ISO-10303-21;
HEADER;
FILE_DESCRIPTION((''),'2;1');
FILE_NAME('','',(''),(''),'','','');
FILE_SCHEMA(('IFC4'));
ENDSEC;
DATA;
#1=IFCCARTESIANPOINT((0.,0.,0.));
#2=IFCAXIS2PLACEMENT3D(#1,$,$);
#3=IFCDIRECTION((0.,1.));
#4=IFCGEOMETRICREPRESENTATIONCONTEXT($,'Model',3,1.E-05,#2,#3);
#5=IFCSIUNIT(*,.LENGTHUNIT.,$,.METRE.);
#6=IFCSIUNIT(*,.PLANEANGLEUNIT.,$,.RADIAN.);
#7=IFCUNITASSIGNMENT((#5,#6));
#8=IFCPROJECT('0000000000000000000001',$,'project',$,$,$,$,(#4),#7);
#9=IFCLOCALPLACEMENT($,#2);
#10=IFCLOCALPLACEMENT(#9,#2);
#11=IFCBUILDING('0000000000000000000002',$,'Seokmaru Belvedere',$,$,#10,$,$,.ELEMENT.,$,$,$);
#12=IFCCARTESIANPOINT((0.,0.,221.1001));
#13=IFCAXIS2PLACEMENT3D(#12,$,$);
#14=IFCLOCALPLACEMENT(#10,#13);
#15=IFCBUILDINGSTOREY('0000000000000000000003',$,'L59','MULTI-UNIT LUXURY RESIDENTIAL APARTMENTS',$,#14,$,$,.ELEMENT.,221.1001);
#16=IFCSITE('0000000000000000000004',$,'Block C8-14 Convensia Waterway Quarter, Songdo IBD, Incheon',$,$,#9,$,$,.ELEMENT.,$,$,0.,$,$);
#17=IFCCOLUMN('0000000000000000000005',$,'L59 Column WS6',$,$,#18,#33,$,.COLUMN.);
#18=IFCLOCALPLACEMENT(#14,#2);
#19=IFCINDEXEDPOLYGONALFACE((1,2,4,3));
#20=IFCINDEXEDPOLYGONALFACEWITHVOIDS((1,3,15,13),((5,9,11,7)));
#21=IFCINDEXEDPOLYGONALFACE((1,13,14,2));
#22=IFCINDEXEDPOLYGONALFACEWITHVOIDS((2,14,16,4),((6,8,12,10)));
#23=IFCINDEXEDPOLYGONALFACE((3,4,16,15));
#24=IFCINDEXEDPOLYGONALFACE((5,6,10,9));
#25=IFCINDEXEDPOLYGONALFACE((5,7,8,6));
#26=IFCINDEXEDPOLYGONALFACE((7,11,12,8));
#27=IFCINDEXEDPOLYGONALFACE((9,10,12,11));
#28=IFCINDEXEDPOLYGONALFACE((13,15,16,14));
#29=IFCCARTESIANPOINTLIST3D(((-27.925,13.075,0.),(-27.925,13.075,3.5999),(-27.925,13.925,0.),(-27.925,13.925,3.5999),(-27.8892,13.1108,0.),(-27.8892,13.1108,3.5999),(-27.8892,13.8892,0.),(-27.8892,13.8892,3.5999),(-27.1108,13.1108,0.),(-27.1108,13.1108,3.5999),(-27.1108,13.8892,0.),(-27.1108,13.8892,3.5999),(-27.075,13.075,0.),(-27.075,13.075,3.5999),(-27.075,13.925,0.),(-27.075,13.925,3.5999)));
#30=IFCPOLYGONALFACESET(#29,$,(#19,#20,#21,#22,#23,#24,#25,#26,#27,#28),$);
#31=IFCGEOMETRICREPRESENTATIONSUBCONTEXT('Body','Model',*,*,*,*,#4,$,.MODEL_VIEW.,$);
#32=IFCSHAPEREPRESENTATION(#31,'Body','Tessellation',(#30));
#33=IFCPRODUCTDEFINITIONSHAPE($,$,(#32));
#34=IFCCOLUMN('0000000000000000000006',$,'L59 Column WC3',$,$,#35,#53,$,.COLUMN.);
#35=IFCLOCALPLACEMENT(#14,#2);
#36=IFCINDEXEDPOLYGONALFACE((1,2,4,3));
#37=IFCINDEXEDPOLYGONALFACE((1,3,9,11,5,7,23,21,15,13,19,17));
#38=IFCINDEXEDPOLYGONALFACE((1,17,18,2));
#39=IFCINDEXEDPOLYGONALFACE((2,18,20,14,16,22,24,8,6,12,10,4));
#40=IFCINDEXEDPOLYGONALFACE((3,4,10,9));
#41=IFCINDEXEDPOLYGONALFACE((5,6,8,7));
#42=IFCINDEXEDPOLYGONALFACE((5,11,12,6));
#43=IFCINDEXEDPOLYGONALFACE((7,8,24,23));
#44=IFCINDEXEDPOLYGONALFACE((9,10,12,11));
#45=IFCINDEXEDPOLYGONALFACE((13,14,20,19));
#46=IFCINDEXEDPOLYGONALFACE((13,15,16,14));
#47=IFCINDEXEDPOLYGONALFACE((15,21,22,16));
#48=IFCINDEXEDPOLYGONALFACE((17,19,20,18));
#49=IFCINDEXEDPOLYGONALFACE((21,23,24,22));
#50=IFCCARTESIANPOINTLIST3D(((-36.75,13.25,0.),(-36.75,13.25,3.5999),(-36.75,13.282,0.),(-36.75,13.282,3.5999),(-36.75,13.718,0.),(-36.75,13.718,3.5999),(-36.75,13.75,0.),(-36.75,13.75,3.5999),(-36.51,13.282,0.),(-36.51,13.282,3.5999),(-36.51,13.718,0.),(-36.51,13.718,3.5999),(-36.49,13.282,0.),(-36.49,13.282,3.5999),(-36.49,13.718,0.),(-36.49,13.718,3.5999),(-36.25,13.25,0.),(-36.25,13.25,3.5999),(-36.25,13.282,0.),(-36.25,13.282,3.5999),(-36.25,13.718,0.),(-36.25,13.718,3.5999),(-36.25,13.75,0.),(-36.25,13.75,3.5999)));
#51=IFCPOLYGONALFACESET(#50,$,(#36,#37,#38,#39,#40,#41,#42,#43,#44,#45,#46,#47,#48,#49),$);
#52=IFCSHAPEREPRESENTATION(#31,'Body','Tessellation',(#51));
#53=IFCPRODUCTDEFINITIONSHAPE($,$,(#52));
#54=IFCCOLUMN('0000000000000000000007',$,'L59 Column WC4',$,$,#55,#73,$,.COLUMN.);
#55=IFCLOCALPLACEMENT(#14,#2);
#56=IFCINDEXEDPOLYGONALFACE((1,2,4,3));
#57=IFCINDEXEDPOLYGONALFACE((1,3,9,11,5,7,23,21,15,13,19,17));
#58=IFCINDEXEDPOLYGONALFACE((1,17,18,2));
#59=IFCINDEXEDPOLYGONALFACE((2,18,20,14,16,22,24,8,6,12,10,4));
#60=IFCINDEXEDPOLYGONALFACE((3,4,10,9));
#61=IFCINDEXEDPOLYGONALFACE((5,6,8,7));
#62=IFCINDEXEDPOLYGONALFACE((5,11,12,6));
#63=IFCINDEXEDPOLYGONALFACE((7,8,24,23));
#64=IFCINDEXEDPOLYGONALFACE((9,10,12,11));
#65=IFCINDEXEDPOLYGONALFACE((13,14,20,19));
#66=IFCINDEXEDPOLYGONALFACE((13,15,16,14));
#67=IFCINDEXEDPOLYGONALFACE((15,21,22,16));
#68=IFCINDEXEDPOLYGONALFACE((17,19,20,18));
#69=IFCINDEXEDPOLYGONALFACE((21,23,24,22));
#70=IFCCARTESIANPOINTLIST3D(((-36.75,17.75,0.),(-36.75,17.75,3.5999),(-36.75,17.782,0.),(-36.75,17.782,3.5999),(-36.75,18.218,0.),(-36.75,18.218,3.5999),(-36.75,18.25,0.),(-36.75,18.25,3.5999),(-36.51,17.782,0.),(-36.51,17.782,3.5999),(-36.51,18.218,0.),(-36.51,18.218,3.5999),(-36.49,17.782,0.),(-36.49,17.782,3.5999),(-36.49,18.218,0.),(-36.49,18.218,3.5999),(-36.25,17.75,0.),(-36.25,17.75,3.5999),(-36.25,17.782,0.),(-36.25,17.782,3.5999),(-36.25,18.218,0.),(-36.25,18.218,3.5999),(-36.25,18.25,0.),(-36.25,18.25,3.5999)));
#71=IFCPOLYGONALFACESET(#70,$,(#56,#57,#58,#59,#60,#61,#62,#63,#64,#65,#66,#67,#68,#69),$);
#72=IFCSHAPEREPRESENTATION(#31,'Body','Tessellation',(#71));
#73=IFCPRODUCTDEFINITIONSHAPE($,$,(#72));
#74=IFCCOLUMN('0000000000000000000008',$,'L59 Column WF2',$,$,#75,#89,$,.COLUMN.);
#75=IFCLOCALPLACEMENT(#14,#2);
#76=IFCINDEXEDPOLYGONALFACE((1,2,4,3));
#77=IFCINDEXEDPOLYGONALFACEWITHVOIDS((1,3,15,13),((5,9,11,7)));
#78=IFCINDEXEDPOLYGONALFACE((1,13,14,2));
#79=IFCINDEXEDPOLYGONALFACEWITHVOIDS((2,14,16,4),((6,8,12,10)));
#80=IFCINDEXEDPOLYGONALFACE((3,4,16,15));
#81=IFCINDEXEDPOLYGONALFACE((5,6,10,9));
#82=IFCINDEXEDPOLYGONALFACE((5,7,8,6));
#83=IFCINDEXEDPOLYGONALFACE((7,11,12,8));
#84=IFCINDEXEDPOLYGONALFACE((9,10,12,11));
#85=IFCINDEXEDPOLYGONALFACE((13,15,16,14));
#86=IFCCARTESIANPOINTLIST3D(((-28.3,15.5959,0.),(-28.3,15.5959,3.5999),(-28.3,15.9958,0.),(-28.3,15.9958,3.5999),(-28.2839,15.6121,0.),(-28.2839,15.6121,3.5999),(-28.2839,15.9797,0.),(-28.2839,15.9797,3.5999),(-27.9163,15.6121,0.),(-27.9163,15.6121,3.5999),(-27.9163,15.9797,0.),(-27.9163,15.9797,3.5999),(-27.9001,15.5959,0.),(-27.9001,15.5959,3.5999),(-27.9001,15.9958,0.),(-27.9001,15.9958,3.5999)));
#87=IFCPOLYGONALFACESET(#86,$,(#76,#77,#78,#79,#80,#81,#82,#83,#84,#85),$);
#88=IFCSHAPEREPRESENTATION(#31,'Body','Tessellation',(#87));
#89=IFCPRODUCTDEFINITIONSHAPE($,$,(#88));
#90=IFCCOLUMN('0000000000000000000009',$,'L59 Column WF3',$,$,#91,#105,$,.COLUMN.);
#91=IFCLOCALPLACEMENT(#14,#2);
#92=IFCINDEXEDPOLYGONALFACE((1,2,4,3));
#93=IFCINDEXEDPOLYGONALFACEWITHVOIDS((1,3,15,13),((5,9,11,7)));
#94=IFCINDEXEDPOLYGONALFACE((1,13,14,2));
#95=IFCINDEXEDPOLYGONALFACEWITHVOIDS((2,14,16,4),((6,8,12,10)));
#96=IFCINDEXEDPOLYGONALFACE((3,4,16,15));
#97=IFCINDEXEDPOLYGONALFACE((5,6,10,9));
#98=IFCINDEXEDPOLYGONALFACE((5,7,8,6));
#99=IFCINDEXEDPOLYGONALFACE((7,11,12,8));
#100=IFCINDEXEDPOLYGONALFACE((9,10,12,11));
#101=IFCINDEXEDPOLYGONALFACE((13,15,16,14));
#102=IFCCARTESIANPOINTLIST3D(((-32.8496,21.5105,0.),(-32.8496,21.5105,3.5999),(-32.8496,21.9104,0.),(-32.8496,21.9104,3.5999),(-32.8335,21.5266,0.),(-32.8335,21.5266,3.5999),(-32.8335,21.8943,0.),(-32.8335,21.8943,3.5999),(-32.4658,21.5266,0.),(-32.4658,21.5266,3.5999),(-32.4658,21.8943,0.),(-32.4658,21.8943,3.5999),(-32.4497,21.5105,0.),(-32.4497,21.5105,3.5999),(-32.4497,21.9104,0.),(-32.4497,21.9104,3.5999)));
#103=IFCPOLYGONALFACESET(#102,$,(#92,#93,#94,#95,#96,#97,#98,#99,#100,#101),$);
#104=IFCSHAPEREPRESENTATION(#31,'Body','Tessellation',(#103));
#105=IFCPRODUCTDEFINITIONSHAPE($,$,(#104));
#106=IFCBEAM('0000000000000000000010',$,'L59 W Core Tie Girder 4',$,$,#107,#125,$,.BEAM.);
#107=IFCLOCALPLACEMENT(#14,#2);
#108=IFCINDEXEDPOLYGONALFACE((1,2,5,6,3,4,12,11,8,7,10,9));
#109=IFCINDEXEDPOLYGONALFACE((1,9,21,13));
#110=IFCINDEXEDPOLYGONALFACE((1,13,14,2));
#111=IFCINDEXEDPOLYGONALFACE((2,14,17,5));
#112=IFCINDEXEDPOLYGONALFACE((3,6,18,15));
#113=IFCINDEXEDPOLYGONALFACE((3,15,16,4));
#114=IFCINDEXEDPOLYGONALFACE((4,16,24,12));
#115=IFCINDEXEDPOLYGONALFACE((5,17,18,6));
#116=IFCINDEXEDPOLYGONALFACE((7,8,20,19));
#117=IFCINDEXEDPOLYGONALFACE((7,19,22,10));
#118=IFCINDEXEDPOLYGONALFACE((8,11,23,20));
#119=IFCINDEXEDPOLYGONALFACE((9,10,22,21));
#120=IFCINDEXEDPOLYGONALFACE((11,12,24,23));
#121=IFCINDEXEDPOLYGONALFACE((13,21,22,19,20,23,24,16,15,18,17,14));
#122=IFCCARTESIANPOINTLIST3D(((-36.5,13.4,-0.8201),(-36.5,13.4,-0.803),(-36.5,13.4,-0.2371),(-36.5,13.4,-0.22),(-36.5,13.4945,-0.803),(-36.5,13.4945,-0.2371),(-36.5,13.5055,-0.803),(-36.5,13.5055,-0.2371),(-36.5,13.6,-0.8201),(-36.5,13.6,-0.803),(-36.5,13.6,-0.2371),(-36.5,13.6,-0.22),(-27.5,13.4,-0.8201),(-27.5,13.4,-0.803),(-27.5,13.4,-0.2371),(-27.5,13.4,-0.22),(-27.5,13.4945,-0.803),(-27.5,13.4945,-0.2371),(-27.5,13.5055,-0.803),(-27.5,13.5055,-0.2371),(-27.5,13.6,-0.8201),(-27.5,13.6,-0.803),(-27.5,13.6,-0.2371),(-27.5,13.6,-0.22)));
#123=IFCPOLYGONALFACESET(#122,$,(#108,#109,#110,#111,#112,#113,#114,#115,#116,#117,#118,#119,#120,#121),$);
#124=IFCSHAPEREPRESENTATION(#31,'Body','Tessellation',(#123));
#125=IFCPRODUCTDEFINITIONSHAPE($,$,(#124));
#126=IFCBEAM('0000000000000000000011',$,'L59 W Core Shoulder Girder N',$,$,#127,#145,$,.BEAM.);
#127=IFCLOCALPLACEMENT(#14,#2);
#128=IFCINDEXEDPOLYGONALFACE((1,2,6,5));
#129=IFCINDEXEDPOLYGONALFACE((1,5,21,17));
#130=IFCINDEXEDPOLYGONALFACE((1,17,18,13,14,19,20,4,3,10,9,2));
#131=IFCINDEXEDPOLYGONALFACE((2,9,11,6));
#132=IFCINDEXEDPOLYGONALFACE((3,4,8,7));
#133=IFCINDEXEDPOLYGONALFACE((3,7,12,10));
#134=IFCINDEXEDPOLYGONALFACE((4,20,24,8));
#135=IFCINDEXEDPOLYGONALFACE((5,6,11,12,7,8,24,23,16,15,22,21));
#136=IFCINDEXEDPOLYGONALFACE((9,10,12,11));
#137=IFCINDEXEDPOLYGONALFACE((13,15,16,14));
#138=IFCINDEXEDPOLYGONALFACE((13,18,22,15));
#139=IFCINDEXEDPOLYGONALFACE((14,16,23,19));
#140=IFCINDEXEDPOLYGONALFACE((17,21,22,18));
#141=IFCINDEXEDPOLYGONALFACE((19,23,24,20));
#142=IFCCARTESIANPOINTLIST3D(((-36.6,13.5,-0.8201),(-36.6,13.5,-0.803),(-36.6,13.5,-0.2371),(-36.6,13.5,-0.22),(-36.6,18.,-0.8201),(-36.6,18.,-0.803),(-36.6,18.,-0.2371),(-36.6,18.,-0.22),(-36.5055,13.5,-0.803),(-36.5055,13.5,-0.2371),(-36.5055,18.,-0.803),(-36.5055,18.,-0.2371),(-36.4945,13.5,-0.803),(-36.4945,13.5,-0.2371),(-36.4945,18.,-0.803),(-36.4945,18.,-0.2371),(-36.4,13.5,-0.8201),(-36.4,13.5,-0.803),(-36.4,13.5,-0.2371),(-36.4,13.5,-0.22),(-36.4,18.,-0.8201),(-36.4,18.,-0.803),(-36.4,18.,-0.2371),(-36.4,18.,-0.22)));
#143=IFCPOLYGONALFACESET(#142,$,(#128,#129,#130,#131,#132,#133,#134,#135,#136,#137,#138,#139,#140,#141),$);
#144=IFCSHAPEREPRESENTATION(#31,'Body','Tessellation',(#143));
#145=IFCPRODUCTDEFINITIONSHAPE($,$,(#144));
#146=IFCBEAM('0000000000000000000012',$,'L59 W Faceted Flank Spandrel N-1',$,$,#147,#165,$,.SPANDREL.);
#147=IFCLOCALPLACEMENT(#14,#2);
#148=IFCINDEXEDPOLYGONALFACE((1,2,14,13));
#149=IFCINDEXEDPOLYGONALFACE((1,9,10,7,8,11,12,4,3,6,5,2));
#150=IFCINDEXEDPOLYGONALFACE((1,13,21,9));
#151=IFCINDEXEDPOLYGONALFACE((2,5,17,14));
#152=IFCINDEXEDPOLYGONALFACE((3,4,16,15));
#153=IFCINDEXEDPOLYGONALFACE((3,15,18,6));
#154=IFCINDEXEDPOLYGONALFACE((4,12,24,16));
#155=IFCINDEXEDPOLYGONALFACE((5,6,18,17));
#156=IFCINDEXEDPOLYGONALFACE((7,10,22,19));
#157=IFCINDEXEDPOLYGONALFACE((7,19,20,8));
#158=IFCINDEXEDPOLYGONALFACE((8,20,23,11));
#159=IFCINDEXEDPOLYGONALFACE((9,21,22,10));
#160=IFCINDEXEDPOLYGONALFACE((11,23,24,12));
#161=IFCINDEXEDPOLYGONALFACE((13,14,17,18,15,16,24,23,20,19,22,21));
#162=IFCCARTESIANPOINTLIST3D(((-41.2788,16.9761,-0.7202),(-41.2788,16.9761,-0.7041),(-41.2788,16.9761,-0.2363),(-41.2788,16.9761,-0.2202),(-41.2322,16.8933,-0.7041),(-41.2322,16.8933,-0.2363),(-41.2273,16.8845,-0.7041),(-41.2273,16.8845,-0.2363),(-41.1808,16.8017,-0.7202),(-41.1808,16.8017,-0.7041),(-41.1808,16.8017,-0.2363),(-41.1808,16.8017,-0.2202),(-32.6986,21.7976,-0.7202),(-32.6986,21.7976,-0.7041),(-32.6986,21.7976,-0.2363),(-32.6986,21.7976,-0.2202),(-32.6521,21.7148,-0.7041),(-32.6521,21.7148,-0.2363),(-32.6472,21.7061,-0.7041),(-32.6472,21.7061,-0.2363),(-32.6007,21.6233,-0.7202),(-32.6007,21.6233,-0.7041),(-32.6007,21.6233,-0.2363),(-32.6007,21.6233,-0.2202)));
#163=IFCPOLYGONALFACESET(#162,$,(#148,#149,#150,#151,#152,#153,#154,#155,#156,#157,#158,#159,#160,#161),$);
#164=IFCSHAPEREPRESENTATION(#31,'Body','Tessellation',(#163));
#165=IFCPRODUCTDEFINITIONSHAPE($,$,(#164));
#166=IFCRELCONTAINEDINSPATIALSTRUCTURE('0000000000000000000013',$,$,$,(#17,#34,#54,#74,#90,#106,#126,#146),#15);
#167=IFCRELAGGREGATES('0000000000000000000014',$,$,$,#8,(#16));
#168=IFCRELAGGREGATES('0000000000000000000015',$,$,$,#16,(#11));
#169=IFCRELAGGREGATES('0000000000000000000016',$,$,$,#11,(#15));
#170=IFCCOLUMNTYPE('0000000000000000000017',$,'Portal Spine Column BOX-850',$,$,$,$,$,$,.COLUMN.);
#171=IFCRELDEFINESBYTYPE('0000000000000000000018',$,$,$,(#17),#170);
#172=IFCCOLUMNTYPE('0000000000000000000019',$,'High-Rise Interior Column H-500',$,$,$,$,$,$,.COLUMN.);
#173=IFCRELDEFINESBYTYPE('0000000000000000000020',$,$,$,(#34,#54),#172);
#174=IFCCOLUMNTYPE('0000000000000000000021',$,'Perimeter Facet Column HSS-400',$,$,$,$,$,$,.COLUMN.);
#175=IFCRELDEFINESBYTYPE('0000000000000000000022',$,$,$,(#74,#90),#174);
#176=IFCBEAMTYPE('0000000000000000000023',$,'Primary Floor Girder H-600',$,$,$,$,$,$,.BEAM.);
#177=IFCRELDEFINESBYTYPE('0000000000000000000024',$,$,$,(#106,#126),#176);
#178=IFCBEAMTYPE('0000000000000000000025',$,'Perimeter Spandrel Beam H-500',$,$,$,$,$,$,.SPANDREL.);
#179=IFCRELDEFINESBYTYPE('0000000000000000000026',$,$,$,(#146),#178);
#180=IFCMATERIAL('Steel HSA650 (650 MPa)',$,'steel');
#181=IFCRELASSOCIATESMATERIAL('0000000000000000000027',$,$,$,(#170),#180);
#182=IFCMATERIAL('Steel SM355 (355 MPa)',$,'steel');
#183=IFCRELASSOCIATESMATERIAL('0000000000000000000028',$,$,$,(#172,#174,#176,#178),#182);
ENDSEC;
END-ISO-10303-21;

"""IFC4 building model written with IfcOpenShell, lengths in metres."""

from ifc_helpers import new_model, si_unit, direction, frame, origin, origin_2d, place, context, subcontext, project, spatial, hollow_rectangle, i_section, extrude, source, transform, mapped, material, material_profile, profile_set, type_object, type_shapes, element, save


model = new_model("IFC4")

# Units and contexts
model_context = context("Model", 3, precision=1e-05, world=origin(), true_north=direction((0.0, 1.0)))
body_context = subcontext(model_context, "Body", "Model", "MODEL_VIEW")
ifc_project = project(units=[si_unit("LENGTHUNIT", "METRE"), si_unit("PLANEANGLEUNIT", "RADIAN")], contexts=[model_context])

# Site, building, storey
site_placement = place(None, origin())
site = spatial("IfcSite", under=ifc_project, at=site_placement, Name="Block C8-14 Convensia Waterway Quarter, Songdo IBD, Incheon", CompositionType="ELEMENT", RefElevation=0.0)
building_placement = place(site_placement, origin())
building = spatial("IfcBuilding", under=site, at=building_placement, Name="Seokmaru Belvedere", CompositionType="ELEMENT")
storey_placement = place(building_placement, frame((0.0, 0.0, 221.1001)))
storey = spatial("IfcBuildingStorey", under=building, at=storey_placement, Name="L59", Description="MULTI-UNIT LUXURY RESIDENTIAL APARTMENTS", CompositionType="ELEMENT", Elevation=221.1001)

# Columns
ifc_material_1 = material(Name="Steel HSA650 (650 MPa)", Category="steel")
ifc_material_profile_1 = material_profile(ifc_material_1, hollow_rectangle(XDim=0.8501, YDim=0.8501, WallThickness=0.0359, at=origin_2d()), Name="BOX-850x850x36")
ifc_profile_set_1 = profile_set([ifc_material_profile_1], Name="Steel HSA650 (650 MPa)")
column_type_1 = type_object("IfcColumnType", Name="Portal Spine Column BOX-850", PredefinedType="COLUMN", material=ifc_profile_set_1)
shared_shape_1 = source(origin(), body_context, "Body", "SweptSolid", [
    extrude(hollow_rectangle(XDim=0.8501, YDim=0.8501, WallThickness=0.0359, at=origin_2d()), origin(), (0.0, 0.0, 1.0), 3.5999),
])
type_shapes(column_type_1, [shared_shape_1])
column_placement = place(storey_placement, frame((-27.5, 13.5, 0.0), z_axis=(0.0, 0.0, 1.0), x_axis=(1.0, 0.0, 0.0)))
element("IfcColumn", 1, at=column_placement, inside=storey, type_object=column_type_1, Name="L59 Column WS6", PredefinedType="COLUMN", context=body_context, shape_type="MappedRepresentation", body=[
    mapped(shared_shape_1, transform((0.0, 0.0, 0.0), scale=1.0)),
])
ifc_material_2 = material(Name="Steel SM355 (355 MPa)", Category="steel")
ifc_material_profile_2 = material_profile(ifc_material_2, i_section(OverallWidth=0.5, OverallDepth=0.5, WebThickness=0.02, FlangeThickness=0.032, at=origin_2d()), Name="H-500x500x20x32")
ifc_profile_set_2 = profile_set([ifc_material_profile_2], Name="Steel SM355 (355 MPa)")
column_type_2 = type_object("IfcColumnType", Name="High-Rise Interior Column H-500", PredefinedType="COLUMN", material=ifc_profile_set_2)
shared_shape_2 = source(origin(), body_context, "Body", "SweptSolid", [
    extrude(i_section(OverallWidth=0.5, OverallDepth=0.5, WebThickness=0.02, FlangeThickness=0.032, at=origin_2d()), origin(), (0.0, 0.0, 1.0), 3.5999),
])
type_shapes(column_type_2, [shared_shape_2])
for number, where, z_axis, x_axis, name in (
    (2, (-36.5, 13.5, 0.0), (0.0, 0.0, 1.0), (1.0, 0.0, 0.0), "L59 Column WC3"),
    (3, (-36.5, 18.0, 0.0), (0.0, 0.0, 1.0), (1.0, 0.0, 0.0), "L59 Column WC4"),
):
    element("IfcColumn", number, at=place(storey_placement, frame(where, z_axis=z_axis, x_axis=x_axis)), inside=storey, type_object=column_type_2, Name=name, PredefinedType="COLUMN", context=body_context, shape_type="MappedRepresentation", body=[
        mapped(shared_shape_2, transform((0.0, 0.0, 0.0), scale=1.0)),
    ])
ifc_material_profile_3 = material_profile(ifc_material_2, hollow_rectangle(XDim=0.3999, YDim=0.3999, WallThickness=0.0161, at=origin_2d()), Name="HSS-400x400x16")
ifc_profile_set_3 = profile_set([ifc_material_profile_3], Name="Steel SM355 (355 MPa)")
column_type_3 = type_object("IfcColumnType", Name="Perimeter Facet Column HSS-400", PredefinedType="COLUMN", material=ifc_profile_set_3)
shared_shape_3 = source(origin(), body_context, "Body", "SweptSolid", [
    extrude(hollow_rectangle(XDim=0.3999, YDim=0.3999, WallThickness=0.0161, at=origin_2d()), origin(), (0.0, 0.0, 1.0), 3.5999),
])
type_shapes(column_type_3, [shared_shape_3])
for number, where, z_axis, x_axis, name in (
    (4, (-28.1001, 15.7959, 0.0), (0.0, 0.0, 1.0), (1.0, 0.0, 0.0), "L59 Column WF2"),
    (5, (-32.6497, 21.7104, 0.0), (0.0, 0.0, 1.0), (1.0, 0.0, 0.0), "L59 Column WF3"),
):
    element("IfcColumn", number, at=place(storey_placement, frame(where, z_axis=z_axis, x_axis=x_axis)), inside=storey, type_object=column_type_3, Name=name, PredefinedType="COLUMN", context=body_context, shape_type="MappedRepresentation", body=[
        mapped(shared_shape_3, transform((0.0, 0.0, 0.0), scale=1.0)),
    ])

# Beams
ifc_material_profile_4 = material_profile(ifc_material_2, i_section(OverallWidth=0.2, OverallDepth=0.6001, WebThickness=0.011, FlangeThickness=0.0171, at=origin_2d()), Name="H-600x200x11x17")
ifc_profile_set_4 = profile_set([ifc_material_profile_4], Name="Steel SM355 (355 MPa)")
beam_type_1 = type_object("IfcBeamType", Name="Primary Floor Girder H-600", PredefinedType="BEAM", material=ifc_profile_set_4)
shared_shape_4 = source(origin(), body_context, "Body", "SweptSolid", [
    extrude(i_section(OverallWidth=0.2, OverallDepth=0.6001, WebThickness=0.011, FlangeThickness=0.0171, at=origin_2d()), origin(), (0.0, 0.0, 1.0), 9.0),
])
beam_1_placement = place(storey_placement, frame((-36.5, 13.5, -0.52), z_axis=(1.0, 0.0, 0.0), x_axis=(0.0, 1.0, 0.0)))
element("IfcBeam", 6, at=beam_1_placement, inside=storey, type_object=beam_type_1, Name="L59 W Core Tie Girder 4", PredefinedType="BEAM", context=body_context, shape_type="MappedRepresentation", body=[
    mapped(shared_shape_4, transform((0.0, 0.0, 0.0), scale=1.0)),
])
shared_shape_5 = source(origin(), body_context, "Body", "SweptSolid", [
    extrude(i_section(OverallWidth=0.2, OverallDepth=0.6001, WebThickness=0.011, FlangeThickness=0.0171, at=origin_2d()), origin(), (0.0, 0.0, 1.0), 4.5),
])
type_shapes(beam_type_1, [shared_shape_4, shared_shape_5])
beam_2_placement = place(storey_placement, frame((-36.5, 13.5, -0.52), z_axis=(0.0, 1.0, 0.0), x_axis=(-1.0, 0.0, 0.0)))
element("IfcBeam", 7, at=beam_2_placement, inside=storey, type_object=beam_type_1, Name="L59 W Core Shoulder Girder N", PredefinedType="BEAM", context=body_context, shape_type="MappedRepresentation", body=[
    mapped(shared_shape_5, transform((0.0, 0.0, 0.0), scale=1.0)),
])
ifc_material_profile_5 = material_profile(ifc_material_2, i_section(OverallWidth=0.2, OverallDepth=0.5, WebThickness=0.01, FlangeThickness=0.0161, at=origin_2d()), Name="H-500x200x10x16")
ifc_profile_set_5 = profile_set([ifc_material_profile_5], Name="Steel SM355 (355 MPa)")
beam_type_2 = type_object("IfcBeamType", Name="Perimeter Spandrel Beam H-500", PredefinedType="SPANDREL", material=ifc_profile_set_5)
shared_shape_6 = source(origin(), body_context, "Body", "SweptSolid", [
    extrude(i_section(OverallWidth=0.2, OverallDepth=0.5, WebThickness=0.01, FlangeThickness=0.0161, at=origin_2d()), origin(), (0.0, 0.0, 1.0), 9.842),
])
beam_3_placement = place(storey_placement, frame((-32.6497, 21.7104, -0.4702), z_axis=(-0.871782, -0.489894, 0.0), x_axis=(0.489894, -0.871782, 0.0)))
element("IfcBeam", 8, at=beam_3_placement, inside=storey, type_object=beam_type_2, Name="L59 W Faceted Flank Spandrel N-1", PredefinedType="SPANDREL", context=body_context, shape_type="MappedRepresentation", body=[
    mapped(shared_shape_6, transform((0.0, 0.0, 0.0), scale=1.0)),
])

save(model, "model.ifc")
